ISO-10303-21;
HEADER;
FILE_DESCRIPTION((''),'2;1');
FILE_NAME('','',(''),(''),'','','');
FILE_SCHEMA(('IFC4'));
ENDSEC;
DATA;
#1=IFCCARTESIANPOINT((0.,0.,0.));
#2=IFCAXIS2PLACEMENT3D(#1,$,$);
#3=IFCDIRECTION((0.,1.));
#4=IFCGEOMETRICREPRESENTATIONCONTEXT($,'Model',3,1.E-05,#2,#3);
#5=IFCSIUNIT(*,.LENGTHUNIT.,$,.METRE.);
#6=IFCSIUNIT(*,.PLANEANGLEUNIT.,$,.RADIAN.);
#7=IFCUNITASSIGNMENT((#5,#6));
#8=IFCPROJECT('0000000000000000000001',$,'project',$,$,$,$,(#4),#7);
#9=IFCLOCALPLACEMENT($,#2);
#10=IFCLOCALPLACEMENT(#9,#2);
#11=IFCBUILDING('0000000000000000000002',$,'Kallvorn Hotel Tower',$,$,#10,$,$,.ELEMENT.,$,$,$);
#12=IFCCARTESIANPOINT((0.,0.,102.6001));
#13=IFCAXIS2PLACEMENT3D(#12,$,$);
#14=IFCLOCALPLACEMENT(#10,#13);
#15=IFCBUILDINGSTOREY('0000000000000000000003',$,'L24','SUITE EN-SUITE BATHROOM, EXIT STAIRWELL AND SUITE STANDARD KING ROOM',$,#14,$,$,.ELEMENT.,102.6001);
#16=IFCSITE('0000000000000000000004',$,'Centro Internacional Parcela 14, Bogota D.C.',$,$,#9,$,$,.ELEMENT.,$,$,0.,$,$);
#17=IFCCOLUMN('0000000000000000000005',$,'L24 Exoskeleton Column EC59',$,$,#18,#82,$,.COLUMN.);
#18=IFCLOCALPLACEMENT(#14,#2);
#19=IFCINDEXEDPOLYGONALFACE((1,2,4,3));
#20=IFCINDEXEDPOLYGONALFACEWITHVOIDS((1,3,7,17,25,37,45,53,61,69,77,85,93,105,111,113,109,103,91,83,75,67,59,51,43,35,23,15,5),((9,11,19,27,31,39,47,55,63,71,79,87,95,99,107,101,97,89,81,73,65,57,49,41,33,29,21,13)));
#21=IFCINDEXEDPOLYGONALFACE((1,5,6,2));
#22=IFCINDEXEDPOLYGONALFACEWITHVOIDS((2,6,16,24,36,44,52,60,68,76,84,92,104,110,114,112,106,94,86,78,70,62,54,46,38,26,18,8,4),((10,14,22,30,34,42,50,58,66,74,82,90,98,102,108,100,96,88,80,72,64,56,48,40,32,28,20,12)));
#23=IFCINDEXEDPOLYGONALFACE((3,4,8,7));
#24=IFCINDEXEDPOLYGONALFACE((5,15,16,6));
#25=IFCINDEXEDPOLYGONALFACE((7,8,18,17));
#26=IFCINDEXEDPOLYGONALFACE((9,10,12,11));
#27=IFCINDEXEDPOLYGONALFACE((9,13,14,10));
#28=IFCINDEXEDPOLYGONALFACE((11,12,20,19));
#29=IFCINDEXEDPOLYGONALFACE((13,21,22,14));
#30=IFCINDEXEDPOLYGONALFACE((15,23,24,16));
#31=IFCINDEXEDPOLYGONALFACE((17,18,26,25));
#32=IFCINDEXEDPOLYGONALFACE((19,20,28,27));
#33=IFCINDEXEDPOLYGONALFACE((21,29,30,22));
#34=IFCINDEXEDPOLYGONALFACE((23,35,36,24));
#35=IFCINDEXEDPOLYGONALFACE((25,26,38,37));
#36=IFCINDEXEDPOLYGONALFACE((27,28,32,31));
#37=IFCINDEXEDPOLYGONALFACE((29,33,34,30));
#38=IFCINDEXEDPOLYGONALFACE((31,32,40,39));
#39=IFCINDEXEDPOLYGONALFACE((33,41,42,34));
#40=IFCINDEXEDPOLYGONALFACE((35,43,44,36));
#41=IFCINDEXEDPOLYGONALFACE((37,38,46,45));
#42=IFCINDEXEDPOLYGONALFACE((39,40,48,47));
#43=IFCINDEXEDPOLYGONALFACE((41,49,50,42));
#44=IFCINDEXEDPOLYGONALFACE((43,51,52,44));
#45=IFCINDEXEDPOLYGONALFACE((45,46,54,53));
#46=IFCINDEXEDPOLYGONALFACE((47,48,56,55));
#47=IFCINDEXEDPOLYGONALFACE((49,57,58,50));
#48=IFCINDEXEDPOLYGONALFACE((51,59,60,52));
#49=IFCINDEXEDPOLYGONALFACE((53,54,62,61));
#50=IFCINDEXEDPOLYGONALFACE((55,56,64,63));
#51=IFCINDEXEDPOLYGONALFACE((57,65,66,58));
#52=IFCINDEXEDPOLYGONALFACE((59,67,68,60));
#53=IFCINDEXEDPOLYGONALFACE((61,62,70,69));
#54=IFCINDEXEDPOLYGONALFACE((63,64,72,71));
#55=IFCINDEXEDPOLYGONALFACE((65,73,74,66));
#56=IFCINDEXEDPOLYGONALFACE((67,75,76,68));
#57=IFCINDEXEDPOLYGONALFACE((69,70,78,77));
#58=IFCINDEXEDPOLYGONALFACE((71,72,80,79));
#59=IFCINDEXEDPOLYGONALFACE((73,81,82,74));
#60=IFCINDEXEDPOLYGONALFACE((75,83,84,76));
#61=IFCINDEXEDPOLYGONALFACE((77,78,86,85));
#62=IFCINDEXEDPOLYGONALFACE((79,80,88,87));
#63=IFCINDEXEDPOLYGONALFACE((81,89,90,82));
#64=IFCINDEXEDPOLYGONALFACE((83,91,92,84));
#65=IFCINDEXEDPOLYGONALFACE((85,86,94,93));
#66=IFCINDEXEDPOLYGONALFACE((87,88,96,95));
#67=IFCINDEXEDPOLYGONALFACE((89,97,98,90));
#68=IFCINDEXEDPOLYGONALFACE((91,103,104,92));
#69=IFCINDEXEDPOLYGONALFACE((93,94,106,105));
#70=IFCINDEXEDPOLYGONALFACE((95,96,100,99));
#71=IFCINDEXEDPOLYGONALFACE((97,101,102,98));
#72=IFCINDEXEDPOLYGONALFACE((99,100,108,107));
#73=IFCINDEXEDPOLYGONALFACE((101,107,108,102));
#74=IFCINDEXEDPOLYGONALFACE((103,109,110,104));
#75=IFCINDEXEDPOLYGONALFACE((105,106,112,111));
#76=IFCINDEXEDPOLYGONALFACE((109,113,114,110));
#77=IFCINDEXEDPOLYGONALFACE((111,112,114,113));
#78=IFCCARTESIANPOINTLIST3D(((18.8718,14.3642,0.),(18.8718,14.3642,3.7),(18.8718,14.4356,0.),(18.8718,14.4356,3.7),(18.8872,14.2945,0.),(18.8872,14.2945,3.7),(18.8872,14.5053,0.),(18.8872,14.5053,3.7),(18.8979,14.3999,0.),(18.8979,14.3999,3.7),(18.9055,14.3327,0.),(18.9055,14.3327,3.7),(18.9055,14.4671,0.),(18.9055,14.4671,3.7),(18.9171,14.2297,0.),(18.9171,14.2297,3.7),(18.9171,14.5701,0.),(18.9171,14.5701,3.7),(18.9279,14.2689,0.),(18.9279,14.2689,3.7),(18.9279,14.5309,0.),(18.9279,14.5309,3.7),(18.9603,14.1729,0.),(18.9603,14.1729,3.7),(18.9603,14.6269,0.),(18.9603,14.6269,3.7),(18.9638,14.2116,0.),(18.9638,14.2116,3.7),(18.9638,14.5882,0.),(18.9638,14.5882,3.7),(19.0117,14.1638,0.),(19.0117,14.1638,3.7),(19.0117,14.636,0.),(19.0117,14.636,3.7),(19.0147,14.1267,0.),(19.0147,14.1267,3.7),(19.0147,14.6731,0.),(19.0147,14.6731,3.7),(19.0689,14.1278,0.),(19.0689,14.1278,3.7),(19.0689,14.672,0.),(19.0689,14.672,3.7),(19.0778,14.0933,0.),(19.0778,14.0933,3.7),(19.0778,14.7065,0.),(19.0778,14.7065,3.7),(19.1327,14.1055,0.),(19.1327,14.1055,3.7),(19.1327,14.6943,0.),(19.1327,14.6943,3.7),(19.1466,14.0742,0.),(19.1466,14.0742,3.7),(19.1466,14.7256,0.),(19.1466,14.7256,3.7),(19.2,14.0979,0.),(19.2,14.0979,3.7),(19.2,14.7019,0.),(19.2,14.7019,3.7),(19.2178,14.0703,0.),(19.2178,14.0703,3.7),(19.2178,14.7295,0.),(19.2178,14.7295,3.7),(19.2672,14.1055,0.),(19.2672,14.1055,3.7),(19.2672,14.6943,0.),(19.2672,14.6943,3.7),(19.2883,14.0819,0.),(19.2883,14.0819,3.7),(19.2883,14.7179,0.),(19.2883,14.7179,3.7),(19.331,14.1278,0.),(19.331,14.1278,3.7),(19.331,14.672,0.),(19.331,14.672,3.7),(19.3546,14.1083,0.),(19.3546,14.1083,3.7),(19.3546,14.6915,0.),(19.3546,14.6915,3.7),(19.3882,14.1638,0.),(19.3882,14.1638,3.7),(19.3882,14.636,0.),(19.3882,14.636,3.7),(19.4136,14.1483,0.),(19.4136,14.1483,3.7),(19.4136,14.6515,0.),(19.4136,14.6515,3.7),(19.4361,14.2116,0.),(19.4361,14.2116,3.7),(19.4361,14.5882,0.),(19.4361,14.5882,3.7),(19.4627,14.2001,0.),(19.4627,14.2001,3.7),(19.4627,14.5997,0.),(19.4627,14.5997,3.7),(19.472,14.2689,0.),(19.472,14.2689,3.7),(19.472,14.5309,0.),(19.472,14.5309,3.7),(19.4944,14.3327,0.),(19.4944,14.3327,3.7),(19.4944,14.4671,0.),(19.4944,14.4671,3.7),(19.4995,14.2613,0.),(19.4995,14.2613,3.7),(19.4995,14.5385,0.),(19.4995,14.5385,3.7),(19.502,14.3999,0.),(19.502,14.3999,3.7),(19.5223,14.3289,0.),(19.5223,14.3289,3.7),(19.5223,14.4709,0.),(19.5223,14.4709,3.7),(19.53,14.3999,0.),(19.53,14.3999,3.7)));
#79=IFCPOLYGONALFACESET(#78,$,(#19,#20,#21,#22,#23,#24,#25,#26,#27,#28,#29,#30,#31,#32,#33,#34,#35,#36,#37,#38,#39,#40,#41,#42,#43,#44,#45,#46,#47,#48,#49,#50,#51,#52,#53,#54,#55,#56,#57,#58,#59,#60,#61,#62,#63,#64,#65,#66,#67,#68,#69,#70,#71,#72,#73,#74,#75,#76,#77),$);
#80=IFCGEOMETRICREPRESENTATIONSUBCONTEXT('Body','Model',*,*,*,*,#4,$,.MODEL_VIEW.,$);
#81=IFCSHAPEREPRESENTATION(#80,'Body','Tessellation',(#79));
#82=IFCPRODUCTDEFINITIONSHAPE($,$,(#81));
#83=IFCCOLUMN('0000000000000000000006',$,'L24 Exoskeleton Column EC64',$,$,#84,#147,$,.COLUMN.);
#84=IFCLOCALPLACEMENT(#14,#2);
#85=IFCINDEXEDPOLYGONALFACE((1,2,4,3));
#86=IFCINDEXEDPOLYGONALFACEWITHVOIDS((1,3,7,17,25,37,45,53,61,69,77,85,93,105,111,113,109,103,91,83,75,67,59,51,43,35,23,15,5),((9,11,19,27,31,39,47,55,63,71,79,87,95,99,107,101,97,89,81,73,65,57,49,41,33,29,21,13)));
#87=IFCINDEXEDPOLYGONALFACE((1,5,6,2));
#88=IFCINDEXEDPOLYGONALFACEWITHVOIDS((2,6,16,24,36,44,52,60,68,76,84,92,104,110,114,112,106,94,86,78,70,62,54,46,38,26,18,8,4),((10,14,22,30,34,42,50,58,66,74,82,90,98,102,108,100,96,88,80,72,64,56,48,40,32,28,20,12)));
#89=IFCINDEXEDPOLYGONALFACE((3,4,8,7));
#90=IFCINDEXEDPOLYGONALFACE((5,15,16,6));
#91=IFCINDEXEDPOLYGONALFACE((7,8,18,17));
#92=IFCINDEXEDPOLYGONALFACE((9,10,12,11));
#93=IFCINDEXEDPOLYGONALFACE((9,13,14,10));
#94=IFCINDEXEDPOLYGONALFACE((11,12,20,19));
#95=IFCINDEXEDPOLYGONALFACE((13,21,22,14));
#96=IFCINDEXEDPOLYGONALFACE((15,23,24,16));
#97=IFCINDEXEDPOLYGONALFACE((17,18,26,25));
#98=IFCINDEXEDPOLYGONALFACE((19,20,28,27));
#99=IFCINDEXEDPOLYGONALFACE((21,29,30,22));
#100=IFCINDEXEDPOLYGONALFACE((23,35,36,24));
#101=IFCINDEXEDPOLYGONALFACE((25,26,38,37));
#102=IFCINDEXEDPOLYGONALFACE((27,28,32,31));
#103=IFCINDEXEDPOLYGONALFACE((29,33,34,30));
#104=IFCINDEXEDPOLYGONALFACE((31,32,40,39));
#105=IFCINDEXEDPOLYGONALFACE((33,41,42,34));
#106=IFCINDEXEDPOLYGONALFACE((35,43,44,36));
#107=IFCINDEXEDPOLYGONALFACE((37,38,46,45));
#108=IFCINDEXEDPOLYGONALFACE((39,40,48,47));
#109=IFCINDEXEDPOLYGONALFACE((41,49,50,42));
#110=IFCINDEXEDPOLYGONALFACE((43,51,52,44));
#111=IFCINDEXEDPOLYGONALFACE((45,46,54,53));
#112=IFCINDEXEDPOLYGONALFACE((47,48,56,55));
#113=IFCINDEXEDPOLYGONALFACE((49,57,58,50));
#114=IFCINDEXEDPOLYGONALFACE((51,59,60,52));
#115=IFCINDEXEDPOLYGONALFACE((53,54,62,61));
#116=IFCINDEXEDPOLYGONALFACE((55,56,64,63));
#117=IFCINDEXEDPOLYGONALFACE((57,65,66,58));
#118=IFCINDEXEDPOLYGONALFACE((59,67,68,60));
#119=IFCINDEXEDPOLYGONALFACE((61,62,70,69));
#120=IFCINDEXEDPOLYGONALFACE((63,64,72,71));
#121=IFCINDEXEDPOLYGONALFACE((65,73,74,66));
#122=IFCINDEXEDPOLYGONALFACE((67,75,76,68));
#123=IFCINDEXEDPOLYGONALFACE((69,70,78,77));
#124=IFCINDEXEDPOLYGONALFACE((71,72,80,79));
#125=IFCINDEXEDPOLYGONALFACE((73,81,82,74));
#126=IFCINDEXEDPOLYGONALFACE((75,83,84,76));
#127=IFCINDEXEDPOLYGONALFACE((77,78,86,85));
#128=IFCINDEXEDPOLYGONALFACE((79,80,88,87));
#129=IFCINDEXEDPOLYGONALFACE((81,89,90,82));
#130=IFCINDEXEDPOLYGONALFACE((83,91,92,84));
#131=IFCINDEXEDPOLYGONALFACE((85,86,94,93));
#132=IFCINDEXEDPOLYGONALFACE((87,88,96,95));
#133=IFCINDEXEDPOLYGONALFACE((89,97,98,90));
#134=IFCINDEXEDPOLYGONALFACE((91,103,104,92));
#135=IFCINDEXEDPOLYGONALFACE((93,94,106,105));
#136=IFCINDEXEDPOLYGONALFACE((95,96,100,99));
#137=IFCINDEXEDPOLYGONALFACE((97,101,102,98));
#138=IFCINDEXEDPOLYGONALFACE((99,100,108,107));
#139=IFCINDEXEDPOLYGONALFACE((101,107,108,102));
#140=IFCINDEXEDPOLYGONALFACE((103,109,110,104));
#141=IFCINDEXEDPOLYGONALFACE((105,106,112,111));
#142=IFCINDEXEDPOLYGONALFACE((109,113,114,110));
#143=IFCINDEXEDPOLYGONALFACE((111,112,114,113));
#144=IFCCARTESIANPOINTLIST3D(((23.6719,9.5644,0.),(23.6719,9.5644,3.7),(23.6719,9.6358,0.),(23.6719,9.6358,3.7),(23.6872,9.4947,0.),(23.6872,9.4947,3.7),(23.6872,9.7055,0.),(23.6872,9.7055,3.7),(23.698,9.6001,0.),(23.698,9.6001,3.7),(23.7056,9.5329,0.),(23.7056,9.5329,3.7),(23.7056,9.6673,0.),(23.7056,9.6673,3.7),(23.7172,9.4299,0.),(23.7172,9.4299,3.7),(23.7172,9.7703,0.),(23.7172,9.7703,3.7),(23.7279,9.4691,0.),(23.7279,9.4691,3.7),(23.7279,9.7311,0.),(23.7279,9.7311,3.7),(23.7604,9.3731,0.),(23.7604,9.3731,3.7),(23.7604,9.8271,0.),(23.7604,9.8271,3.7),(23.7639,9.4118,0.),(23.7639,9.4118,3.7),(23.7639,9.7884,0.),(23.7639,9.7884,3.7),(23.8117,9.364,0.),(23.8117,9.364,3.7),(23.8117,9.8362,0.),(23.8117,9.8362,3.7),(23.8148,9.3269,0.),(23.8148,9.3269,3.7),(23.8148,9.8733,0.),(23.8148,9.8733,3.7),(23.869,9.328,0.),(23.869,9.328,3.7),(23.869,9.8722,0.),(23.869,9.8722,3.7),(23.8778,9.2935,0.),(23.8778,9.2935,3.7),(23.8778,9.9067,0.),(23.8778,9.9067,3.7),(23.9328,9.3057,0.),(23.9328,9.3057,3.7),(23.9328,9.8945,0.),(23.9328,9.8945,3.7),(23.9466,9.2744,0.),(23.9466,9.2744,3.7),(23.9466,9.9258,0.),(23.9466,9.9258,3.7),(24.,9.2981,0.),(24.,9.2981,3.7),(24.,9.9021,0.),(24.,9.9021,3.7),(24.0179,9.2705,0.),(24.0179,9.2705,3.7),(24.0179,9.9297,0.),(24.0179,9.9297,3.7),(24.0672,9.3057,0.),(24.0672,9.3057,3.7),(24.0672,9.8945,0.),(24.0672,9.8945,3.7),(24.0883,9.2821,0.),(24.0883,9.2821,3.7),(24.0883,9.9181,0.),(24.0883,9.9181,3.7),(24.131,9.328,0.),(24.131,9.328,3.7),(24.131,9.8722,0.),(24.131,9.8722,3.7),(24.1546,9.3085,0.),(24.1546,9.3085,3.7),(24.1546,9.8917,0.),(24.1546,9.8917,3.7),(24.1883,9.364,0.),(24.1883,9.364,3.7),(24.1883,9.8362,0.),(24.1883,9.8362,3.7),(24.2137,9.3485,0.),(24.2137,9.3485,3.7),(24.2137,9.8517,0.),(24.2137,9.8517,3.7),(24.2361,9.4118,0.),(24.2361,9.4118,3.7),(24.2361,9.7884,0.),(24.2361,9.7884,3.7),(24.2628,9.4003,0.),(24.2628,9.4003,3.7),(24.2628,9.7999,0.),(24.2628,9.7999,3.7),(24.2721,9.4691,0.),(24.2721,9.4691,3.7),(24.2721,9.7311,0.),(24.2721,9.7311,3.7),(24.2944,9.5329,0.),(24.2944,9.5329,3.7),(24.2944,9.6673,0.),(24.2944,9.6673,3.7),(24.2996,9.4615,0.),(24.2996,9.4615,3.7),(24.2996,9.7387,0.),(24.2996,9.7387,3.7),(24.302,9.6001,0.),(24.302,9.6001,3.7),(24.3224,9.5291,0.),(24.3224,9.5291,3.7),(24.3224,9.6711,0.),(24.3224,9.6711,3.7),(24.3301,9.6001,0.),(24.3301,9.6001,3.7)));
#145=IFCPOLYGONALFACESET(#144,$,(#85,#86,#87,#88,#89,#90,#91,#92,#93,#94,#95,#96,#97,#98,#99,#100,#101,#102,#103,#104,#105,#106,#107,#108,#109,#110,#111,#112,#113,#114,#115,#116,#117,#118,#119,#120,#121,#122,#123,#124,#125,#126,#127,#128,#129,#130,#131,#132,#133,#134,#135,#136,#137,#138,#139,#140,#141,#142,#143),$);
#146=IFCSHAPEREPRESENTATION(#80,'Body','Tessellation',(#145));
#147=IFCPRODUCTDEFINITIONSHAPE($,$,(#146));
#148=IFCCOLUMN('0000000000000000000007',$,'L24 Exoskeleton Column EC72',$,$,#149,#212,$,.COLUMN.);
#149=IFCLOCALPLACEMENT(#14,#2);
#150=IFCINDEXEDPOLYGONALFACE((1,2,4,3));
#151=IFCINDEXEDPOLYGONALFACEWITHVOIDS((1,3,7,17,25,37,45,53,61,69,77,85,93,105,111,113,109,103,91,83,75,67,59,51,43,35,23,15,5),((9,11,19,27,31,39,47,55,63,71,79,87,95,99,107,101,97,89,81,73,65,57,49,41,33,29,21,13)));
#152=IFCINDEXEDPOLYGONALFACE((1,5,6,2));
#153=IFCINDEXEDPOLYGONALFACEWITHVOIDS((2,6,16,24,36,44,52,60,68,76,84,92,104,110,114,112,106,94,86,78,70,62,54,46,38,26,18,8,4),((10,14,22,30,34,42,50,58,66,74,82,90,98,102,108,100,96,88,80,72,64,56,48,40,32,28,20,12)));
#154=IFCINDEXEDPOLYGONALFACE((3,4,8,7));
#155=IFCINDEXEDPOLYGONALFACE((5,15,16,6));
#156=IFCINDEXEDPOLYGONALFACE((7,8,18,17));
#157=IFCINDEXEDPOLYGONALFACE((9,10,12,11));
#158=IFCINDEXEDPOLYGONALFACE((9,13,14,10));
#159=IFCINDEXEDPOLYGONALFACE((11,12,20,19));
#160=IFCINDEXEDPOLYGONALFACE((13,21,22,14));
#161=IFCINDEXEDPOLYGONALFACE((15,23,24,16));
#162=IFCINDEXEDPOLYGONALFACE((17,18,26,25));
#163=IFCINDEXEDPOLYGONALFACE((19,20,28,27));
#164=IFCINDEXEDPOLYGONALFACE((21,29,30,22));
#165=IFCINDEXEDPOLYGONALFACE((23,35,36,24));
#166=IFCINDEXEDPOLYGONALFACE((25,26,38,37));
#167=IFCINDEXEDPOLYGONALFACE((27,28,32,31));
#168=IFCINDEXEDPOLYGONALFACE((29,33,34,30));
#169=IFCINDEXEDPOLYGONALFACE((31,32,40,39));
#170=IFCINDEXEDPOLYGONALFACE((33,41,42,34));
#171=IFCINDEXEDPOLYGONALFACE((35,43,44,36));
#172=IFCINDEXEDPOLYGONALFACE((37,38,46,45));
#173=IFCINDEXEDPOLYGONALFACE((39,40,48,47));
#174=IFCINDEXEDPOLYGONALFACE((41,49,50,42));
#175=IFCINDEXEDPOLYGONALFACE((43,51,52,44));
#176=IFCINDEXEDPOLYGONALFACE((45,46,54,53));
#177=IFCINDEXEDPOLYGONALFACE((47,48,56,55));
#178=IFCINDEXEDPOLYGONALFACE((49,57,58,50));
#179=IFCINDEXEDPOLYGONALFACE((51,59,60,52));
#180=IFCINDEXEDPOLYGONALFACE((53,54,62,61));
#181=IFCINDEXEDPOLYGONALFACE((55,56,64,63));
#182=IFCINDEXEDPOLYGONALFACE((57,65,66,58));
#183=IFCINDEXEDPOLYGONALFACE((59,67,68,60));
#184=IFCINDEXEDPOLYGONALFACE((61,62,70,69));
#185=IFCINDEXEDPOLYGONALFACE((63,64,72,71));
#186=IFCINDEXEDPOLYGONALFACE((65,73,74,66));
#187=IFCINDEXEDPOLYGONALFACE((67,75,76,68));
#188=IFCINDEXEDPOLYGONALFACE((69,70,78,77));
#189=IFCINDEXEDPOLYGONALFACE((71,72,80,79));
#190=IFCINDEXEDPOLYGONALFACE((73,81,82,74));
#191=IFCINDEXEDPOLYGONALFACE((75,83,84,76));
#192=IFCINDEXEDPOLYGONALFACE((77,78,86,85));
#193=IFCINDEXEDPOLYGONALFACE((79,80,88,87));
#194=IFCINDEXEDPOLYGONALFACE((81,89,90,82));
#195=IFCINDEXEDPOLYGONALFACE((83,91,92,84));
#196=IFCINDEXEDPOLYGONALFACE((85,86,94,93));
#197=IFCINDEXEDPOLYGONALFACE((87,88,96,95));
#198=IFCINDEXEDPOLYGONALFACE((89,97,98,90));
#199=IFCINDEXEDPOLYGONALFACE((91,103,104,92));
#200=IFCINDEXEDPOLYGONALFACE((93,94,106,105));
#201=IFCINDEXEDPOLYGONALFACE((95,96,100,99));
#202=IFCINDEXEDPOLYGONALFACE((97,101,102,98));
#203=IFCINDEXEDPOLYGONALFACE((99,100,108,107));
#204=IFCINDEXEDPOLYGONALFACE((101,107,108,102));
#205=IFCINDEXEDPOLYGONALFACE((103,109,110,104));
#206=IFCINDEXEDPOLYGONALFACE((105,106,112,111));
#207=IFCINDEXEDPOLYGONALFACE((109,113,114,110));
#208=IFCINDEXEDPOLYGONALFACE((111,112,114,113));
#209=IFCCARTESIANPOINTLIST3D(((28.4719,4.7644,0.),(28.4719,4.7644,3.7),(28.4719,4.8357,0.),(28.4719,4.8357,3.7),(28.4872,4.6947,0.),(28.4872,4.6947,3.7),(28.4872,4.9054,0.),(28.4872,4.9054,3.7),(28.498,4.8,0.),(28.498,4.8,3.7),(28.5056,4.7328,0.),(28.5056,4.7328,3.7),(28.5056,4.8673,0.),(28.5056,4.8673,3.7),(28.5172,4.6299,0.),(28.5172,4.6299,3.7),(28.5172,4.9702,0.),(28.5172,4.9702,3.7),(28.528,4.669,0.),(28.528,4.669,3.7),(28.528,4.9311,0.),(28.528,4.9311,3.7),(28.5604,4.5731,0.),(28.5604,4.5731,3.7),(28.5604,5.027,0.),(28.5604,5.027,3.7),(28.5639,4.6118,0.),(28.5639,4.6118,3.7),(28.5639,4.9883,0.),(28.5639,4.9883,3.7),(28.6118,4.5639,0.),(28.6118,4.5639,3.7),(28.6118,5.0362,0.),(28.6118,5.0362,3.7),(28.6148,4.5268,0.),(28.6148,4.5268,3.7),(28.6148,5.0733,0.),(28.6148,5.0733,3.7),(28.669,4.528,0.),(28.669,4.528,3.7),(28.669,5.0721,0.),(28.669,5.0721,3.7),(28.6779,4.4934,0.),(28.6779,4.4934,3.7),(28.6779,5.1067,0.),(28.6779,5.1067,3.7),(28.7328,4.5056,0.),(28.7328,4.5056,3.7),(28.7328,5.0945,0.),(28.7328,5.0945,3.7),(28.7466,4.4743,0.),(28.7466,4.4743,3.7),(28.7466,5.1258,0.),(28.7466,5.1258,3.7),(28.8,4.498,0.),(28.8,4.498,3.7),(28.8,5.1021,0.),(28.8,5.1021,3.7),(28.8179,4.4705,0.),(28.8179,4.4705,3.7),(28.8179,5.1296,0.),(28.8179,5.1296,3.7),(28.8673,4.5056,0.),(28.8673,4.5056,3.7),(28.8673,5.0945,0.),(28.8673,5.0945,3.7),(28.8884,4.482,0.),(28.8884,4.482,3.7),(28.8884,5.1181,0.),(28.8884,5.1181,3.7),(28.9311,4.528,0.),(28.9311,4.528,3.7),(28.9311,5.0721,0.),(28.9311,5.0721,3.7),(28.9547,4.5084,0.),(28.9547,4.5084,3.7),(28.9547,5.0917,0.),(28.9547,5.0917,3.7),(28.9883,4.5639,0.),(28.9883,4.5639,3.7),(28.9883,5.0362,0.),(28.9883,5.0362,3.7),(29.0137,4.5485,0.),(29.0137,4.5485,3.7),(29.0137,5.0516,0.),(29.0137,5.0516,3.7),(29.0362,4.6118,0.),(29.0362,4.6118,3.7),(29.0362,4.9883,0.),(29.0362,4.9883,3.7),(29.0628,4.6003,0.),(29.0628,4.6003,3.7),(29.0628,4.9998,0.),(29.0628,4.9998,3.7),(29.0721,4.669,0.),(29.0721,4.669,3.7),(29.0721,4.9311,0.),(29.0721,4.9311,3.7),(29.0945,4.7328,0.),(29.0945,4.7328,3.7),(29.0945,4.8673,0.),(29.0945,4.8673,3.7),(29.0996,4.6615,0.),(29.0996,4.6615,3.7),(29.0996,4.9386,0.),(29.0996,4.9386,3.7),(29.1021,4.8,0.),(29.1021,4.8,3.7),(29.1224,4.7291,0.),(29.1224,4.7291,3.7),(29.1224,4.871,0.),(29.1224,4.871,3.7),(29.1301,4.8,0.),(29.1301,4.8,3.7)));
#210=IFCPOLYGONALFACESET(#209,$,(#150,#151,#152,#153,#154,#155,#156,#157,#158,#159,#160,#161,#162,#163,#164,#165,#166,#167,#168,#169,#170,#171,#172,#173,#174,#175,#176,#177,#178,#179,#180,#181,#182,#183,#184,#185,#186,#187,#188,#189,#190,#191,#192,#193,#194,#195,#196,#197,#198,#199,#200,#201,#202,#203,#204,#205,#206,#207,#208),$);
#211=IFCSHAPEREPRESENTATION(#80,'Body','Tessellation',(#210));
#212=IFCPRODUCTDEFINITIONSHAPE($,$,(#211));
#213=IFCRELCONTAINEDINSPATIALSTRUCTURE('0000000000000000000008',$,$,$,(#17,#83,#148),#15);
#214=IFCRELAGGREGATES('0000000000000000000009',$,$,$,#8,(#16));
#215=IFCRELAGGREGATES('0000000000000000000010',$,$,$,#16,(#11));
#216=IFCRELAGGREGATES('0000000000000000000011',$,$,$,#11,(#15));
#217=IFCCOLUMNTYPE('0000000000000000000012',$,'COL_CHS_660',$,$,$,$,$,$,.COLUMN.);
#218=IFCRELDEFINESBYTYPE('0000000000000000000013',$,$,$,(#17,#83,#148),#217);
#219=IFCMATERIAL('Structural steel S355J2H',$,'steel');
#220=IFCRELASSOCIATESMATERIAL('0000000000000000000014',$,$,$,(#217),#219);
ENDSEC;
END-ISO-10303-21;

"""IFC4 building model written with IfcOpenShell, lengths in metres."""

from ifc_helpers import new_model, si_unit, direction, frame, origin, origin_2d, place, context, subcontext, project, spatial, hollow_circle, extrude, material, material_profile, profile_set, type_object, element, save


model = new_model("IFC4")

# Units and contexts
model_context = context("Model", 3, precision=1e-05, world=origin(), true_north=direction((0.0, 1.0)))
body_context = subcontext(model_context, "Body", "Model", "MODEL_VIEW")
ifc_project = project(units=[si_unit("LENGTHUNIT", "METRE"), si_unit("PLANEANGLEUNIT", "RADIAN")], contexts=[model_context])

# Site, building, storey
site_placement = place(None, origin())
site = spatial("IfcSite", under=ifc_project, at=site_placement, Name="Centro Internacional Parcela 14, Bogota D.C.", CompositionType="ELEMENT", RefElevation=0.0)
building_placement = place(site_placement, origin())
building = spatial("IfcBuilding", under=site, at=building_placement, Name="Kallvorn Hotel Tower", CompositionType="ELEMENT")
storey_placement = place(building_placement, frame((0.0, 0.0, 102.6001)))
storey = spatial("IfcBuildingStorey", under=building, at=storey_placement, Name="L24", Description="SUITE EN-SUITE BATHROOM, EXIT STAIRWELL AND SUITE STANDARD KING ROOM", CompositionType="ELEMENT", Elevation=102.6001)

# Columns
ifc_material_1 = material(Name="Structural steel S355J2H", Category="steel")
ifc_material_profile_1 = material_profile(ifc_material_1, hollow_circle(Radius=0.3301, WallThickness=0.0281, at=origin_2d()), Name="CHS 660x28")
ifc_profile_set_1 = profile_set([ifc_material_profile_1], Name="Structural steel S355J2H")
column_type_1 = type_object("IfcColumnType", Name="COL_CHS_660", PredefinedType="COLUMN", material=ifc_profile_set_1)
for number, where, z_axis, x_axis, name in (
    (1, (19.2, 14.3999, 0.0), (0.0, 0.0, 1.0), (1.0, 0.0, 0.0), "L24 Exoskeleton Column EC59"),
    (2, (24.0, 9.6001, 0.0), (0.0, 0.0, 1.0), (1.0, 0.0, 0.0), "L24 Exoskeleton Column EC64"),
    (3, (28.8, 4.8, 0.0), (0.0, 0.0, 1.0), (1.0, 0.0, 0.0), "L24 Exoskeleton Column EC72"),
):
    element("IfcColumn", number, at=place(storey_placement, frame(where, z_axis=z_axis, x_axis=x_axis)), inside=storey, type_object=column_type_1, Name=name, PredefinedType="COLUMN", context=body_context, shape_type="SweptSolid", body=[
        extrude(hollow_circle(Radius=0.3301, WallThickness=0.0281, at=origin_2d()), origin(), (0.0, 0.0, 1.0), 3.7),
    ])

save(model, "model.ifc")
